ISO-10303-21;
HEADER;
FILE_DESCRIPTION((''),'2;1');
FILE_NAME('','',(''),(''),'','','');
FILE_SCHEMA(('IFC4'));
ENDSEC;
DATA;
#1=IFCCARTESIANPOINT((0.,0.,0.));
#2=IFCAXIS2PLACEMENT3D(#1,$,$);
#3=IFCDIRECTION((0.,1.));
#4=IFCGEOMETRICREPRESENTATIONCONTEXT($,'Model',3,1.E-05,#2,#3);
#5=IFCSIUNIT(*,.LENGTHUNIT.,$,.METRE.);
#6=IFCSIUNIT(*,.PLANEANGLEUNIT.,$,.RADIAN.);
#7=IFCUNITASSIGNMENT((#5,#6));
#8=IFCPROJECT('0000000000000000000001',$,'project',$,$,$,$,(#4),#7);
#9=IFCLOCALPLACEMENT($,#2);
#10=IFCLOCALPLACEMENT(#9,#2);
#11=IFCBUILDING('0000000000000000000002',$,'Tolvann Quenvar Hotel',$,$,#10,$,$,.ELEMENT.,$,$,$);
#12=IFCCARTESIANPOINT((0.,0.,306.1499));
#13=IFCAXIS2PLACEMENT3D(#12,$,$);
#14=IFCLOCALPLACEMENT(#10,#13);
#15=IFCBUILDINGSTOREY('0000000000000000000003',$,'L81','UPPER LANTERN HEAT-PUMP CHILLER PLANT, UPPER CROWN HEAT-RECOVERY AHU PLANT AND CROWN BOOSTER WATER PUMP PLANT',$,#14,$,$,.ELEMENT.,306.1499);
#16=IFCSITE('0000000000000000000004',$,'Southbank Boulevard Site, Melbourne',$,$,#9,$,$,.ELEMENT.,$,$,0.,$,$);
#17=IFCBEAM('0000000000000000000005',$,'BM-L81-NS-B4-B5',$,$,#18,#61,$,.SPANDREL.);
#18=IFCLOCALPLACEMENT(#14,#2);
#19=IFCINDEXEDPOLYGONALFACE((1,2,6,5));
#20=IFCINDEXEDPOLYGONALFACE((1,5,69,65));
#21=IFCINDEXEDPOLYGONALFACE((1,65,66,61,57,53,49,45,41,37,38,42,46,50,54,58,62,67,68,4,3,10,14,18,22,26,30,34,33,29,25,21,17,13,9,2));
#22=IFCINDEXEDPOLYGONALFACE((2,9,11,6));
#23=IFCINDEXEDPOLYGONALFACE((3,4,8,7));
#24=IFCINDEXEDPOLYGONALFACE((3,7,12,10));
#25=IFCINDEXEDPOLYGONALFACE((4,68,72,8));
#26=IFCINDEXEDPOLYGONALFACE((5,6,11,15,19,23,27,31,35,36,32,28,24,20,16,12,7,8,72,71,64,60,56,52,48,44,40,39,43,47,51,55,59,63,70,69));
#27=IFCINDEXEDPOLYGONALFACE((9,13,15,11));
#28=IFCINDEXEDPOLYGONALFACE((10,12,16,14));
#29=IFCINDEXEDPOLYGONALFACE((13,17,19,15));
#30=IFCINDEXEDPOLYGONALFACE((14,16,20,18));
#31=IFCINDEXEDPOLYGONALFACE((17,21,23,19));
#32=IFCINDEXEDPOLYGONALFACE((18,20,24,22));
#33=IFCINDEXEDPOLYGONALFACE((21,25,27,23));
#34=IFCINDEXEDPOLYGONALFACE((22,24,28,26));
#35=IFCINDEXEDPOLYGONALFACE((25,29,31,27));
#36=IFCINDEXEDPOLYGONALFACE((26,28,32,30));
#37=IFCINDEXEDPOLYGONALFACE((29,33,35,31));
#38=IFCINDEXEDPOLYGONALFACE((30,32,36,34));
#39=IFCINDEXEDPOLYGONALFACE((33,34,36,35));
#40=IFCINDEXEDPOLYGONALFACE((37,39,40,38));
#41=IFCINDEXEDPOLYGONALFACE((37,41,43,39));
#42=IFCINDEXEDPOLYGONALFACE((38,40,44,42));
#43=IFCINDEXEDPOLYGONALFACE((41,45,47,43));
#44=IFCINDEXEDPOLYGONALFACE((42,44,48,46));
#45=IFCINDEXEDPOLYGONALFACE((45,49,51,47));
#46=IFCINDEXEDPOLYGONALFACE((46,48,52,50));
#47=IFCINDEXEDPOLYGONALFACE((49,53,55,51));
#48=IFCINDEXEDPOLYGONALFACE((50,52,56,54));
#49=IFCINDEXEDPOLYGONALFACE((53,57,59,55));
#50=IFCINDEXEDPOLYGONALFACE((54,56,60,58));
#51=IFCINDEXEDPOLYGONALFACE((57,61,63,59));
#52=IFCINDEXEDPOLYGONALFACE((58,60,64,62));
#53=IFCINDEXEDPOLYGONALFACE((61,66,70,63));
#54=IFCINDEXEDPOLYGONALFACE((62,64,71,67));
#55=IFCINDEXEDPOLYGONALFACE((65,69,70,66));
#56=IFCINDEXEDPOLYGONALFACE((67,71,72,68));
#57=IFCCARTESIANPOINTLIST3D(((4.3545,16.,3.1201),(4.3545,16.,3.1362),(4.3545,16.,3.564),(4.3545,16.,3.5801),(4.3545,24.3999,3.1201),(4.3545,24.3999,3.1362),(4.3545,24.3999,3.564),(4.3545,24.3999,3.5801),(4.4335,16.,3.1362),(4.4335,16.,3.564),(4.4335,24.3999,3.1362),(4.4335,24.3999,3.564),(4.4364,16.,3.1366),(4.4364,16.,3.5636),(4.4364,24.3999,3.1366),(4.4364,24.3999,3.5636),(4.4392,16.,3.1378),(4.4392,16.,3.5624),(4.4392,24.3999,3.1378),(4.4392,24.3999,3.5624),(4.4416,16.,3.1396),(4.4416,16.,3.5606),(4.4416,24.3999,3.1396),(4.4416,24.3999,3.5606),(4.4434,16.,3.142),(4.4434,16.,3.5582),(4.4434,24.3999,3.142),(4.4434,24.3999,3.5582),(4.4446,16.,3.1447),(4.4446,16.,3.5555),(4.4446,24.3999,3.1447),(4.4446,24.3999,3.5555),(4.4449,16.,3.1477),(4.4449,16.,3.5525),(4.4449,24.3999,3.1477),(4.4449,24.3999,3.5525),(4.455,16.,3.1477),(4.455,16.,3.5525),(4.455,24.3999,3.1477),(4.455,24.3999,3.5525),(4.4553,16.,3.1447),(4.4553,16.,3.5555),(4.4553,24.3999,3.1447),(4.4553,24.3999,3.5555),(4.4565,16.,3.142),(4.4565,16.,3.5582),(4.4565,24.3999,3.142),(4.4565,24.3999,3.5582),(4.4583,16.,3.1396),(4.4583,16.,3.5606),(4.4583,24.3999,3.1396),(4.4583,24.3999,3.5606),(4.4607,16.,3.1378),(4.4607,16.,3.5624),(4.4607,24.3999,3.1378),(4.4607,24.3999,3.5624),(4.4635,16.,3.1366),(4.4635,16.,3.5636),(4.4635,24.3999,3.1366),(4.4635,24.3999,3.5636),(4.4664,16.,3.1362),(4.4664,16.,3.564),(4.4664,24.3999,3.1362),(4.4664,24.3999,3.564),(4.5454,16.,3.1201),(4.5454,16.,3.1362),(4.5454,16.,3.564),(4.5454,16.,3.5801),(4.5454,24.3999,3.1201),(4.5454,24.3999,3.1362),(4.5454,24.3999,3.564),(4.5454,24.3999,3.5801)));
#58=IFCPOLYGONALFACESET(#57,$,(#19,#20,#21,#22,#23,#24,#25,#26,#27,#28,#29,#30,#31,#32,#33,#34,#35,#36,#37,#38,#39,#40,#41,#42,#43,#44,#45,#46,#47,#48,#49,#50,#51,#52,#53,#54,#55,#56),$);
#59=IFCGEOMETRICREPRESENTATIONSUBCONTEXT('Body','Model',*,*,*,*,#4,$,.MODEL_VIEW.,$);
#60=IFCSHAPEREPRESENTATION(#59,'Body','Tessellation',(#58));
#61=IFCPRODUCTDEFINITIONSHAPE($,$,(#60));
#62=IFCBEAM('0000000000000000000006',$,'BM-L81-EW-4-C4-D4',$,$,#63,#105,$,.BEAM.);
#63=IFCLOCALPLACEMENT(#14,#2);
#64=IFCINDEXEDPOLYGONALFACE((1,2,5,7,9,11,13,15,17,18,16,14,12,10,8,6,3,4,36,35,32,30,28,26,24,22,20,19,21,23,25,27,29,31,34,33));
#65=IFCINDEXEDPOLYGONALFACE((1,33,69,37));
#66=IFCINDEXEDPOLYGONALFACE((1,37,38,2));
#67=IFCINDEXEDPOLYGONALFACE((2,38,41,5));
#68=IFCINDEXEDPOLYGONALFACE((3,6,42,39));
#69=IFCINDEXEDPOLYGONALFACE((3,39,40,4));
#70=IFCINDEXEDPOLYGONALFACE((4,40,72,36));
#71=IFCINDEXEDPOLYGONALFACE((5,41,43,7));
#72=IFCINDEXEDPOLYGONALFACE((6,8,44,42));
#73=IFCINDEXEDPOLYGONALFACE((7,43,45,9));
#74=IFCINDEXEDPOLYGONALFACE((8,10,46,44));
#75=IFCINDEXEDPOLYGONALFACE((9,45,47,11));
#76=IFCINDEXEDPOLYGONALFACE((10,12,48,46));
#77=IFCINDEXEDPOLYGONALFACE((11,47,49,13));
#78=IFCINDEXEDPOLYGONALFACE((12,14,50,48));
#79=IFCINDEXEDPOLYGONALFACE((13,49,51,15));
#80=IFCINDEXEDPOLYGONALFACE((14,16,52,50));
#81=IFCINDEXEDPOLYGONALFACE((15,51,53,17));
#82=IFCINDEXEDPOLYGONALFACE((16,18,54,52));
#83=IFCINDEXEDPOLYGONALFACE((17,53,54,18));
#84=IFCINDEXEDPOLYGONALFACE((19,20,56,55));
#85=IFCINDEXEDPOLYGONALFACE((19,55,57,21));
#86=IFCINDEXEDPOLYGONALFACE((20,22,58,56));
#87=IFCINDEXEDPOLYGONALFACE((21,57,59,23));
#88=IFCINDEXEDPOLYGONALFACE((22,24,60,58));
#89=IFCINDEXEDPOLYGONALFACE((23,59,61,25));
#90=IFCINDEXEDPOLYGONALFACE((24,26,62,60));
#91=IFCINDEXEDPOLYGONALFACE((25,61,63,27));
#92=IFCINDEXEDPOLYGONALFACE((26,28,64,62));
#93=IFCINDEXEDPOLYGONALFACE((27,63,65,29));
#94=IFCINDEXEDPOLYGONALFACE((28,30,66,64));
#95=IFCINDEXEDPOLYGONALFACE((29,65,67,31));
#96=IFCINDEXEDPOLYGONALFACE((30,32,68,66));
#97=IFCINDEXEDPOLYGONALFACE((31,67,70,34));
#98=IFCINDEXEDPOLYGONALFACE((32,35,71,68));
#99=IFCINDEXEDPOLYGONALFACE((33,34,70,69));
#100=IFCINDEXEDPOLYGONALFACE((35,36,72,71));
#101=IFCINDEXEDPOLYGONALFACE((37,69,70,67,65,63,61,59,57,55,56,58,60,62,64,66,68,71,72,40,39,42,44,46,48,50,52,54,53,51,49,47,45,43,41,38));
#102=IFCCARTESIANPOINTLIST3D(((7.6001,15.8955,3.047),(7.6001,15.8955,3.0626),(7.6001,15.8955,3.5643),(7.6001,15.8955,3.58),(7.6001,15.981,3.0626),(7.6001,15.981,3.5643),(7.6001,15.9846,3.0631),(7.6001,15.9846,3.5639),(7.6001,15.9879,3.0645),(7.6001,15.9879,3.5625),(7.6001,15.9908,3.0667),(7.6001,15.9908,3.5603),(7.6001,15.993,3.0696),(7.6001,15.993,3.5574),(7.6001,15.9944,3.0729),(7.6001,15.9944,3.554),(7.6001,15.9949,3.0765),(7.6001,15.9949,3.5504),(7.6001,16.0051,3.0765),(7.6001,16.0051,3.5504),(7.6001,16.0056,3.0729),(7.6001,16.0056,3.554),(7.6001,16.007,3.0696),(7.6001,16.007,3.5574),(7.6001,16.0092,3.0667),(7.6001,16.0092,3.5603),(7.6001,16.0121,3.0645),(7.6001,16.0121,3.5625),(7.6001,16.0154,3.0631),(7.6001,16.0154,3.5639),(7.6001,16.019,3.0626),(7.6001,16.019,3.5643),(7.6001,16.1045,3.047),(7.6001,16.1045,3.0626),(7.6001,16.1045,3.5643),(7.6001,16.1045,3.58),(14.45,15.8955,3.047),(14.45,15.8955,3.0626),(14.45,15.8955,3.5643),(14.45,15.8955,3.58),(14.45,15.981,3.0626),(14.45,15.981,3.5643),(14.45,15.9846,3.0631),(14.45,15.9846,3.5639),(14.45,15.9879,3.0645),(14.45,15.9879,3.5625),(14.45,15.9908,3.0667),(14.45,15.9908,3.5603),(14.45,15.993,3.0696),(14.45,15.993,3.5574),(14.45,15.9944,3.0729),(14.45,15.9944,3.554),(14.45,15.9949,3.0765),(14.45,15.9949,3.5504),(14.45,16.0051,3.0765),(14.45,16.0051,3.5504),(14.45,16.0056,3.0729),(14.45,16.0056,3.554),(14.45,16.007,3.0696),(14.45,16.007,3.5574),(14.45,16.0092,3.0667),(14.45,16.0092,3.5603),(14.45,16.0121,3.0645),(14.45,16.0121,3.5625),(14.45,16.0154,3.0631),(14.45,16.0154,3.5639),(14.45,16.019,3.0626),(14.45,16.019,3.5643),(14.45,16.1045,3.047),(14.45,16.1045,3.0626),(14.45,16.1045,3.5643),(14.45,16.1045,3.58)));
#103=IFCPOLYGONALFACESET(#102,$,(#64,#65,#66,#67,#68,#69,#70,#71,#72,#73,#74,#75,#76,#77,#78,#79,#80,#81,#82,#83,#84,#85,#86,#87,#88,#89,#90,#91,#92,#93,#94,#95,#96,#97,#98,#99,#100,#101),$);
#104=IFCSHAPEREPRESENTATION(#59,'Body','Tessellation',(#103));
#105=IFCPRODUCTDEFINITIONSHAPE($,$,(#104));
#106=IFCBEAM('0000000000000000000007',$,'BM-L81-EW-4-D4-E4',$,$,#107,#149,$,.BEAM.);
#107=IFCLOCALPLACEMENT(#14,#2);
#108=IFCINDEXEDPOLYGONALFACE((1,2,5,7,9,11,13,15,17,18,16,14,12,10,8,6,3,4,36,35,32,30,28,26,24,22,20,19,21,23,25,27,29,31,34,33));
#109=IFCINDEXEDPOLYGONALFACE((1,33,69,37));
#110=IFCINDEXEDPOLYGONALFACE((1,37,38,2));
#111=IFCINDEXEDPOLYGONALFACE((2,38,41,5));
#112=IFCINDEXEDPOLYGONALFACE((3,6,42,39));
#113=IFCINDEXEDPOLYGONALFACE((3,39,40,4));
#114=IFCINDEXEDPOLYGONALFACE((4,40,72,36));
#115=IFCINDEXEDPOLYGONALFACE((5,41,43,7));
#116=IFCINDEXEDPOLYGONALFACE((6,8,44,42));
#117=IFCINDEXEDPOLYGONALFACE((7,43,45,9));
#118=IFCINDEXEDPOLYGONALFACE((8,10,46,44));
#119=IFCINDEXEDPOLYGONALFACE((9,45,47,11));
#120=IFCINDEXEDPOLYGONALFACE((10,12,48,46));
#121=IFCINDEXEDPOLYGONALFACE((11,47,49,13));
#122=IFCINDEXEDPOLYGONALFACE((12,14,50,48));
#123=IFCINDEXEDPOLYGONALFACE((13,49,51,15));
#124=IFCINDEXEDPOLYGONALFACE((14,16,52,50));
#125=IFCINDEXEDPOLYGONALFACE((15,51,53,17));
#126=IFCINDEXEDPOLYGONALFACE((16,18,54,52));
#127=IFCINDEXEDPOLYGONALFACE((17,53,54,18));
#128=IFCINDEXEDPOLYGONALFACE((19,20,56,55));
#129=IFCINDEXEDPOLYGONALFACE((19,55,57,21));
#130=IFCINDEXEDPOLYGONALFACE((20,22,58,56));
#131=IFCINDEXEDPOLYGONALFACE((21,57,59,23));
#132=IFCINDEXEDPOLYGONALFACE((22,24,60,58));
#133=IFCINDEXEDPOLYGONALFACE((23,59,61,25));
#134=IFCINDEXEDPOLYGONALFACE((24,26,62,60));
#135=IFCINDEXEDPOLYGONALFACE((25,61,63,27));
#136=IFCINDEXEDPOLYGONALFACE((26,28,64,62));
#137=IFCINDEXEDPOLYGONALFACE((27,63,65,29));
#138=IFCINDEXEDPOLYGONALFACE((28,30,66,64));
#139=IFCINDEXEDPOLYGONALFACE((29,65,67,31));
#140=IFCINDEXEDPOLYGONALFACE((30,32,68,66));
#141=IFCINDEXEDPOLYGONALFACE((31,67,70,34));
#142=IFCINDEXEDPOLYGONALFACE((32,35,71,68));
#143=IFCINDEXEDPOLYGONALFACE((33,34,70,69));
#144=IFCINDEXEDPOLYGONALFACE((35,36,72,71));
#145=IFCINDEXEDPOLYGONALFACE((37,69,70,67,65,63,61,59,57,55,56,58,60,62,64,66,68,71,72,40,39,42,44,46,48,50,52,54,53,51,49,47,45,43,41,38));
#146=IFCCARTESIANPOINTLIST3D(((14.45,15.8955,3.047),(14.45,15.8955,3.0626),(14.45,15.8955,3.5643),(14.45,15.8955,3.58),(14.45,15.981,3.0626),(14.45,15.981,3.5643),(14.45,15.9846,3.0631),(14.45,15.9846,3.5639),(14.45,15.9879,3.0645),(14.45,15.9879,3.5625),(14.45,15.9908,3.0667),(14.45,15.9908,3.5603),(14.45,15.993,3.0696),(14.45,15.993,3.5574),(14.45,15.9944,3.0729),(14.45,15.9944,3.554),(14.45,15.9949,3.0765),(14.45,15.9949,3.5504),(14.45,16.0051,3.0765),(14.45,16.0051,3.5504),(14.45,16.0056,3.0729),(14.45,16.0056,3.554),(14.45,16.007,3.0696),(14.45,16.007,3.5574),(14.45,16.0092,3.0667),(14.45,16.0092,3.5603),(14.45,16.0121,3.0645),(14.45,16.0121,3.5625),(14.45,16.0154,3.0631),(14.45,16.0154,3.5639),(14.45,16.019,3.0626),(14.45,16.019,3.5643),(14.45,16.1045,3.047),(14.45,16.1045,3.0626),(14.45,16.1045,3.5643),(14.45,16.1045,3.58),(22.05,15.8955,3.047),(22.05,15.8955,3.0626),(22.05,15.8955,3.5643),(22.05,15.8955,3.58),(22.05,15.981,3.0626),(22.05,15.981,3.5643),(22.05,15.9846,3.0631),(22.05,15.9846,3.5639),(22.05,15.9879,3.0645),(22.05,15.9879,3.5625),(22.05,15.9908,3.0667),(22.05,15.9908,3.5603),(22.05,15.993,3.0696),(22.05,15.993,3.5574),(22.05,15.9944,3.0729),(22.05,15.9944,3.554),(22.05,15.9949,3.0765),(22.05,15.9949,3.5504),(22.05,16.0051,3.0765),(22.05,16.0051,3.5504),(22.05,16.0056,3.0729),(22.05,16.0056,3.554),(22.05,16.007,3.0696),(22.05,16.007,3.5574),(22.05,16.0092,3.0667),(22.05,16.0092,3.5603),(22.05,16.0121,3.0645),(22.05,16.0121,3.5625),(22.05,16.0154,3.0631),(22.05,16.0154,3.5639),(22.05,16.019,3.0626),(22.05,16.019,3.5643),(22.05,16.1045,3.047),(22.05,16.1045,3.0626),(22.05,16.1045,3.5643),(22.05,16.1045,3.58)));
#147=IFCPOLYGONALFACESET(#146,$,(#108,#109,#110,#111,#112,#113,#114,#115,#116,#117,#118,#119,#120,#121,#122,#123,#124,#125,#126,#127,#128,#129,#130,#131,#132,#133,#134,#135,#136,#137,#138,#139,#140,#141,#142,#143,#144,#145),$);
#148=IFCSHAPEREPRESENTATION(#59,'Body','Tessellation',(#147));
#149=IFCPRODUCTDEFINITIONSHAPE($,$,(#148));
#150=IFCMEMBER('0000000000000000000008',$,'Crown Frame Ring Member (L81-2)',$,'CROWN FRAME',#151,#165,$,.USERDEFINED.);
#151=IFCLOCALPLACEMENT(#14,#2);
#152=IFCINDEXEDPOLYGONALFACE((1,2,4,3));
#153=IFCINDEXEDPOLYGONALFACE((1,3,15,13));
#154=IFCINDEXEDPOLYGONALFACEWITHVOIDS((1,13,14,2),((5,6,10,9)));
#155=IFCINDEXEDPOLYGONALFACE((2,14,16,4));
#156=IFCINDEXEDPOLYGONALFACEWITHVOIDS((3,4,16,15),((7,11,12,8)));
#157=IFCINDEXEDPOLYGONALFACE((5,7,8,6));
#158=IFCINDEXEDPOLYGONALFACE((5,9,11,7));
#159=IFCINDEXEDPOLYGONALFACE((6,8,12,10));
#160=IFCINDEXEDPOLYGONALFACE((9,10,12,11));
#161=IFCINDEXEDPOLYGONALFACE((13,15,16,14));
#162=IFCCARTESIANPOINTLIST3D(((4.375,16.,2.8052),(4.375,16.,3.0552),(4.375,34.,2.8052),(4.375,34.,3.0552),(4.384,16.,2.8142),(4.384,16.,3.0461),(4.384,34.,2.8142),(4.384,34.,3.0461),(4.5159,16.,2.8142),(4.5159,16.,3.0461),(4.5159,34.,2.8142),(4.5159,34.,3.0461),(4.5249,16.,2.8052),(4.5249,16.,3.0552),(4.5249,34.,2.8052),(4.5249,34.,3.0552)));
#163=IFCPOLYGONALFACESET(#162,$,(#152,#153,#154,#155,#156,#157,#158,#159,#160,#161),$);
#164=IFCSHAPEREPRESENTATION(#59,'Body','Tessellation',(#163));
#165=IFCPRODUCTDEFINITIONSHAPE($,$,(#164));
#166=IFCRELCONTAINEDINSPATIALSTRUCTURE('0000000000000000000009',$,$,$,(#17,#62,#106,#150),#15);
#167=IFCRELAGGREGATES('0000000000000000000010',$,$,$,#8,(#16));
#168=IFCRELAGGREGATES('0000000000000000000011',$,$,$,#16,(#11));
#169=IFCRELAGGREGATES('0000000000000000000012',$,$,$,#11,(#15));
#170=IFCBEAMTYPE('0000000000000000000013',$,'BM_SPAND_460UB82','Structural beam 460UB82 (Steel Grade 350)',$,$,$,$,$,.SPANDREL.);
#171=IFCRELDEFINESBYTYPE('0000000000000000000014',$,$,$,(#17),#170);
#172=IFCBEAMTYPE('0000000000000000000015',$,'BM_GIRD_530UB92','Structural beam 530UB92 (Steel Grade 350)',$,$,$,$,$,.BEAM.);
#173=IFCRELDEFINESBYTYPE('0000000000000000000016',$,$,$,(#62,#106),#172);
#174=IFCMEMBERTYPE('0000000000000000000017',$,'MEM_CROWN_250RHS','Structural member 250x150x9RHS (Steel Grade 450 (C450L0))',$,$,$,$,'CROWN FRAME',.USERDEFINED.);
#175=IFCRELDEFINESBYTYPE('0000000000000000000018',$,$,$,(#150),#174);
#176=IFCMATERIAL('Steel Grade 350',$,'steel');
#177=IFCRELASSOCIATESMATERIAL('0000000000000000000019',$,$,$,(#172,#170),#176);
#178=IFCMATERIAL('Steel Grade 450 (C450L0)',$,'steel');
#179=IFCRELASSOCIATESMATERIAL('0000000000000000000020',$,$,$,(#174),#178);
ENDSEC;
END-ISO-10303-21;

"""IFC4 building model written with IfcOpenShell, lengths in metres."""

from ifc_helpers import new_model, si_unit, direction, frame, origin, origin_2d, place, context, subcontext, project, spatial, hollow_rectangle, i_section, extrude, source, transform, mapped, material, material_profile, profile_set, type_object, type_shapes, element, save


model = new_model("IFC4")

# Units and contexts
model_context = context("Model", 3, precision=1e-05, world=origin(), true_north=direction((0.0, 1.0)))
body_context = subcontext(model_context, "Body", "Model", "MODEL_VIEW")
ifc_project = project(units=[si_unit("LENGTHUNIT", "METRE"), si_unit("PLANEANGLEUNIT", "RADIAN")], contexts=[model_context])

# Site, building, storey
site_placement = place(None, origin())
site = spatial("IfcSite", under=ifc_project, at=site_placement, Name="Southbank Boulevard Site, Melbourne", CompositionType="ELEMENT", RefElevation=0.0)
building_placement = place(site_placement, origin())
building = spatial("IfcBuilding", under=site, at=building_placement, Name="Tolvann Quenvar Hotel", CompositionType="ELEMENT")
storey_placement = place(building_placement, frame((0.0, 0.0, 306.1499)))
storey = spatial("IfcBuildingStorey", under=building, at=storey_placement, Name="L81", Description="UPPER LANTERN HEAT-PUMP CHILLER PLANT, UPPER CROWN HEAT-RECOVERY AHU PLANT AND CROWN BOOSTER WATER PUMP PLANT", CompositionType="ELEMENT", Elevation=306.1499)

# Shared definitions
ifc_material_1 = material(Name="Steel Grade 350", Category="steel")

# Beams
ifc_material_profile_1 = material_profile(ifc_material_1, i_section(OverallWidth=0.209, OverallDepth=0.533, WebThickness=0.0103, FlangeThickness=0.0156, FilletRadius=0.0139, at=origin_2d()), Name="530UB92")
ifc_profile_set_1 = profile_set([ifc_material_profile_1], Name="Steel Grade 350")
beam_type_1 = type_object("IfcBeamType", Name="BM_GIRD_530UB92", Description="Structural beam 530UB92 (Steel Grade 350)", PredefinedType="BEAM", material=ifc_profile_set_1)
ifc_material_profile_2 = material_profile(ifc_material_1, i_section(OverallWidth=0.1909, OverallDepth=0.46, WebThickness=0.01, FlangeThickness=0.0161, FilletRadius=0.0115, at=origin_2d()), Name="460UB82")
ifc_profile_set_2 = profile_set([ifc_material_profile_2], Name="Steel Grade 350")
beam_type_2 = type_object("IfcBeamType", Name="BM_SPAND_460UB82", Description="Structural beam 460UB82 (Steel Grade 350)", PredefinedType="SPANDREL", material=ifc_profile_set_2)
shared_shape_1 = source(origin(), body_context, "Body", "SweptSolid", [
    extrude(i_section(OverallWidth=0.1909, OverallDepth=0.46, WebThickness=0.01, FlangeThickness=0.0161, FilletRadius=0.0115, at=origin_2d()), origin(), (0.0, 0.0, 1.0), 8.3999),
])
type_shapes(beam_type_2, [shared_shape_1])
beam_1_placement = place(storey_placement, frame((4.45, 16.0, 3.3501), z_axis=(0.0, 1.0, 0.0), x_axis=(-1.0, 0.0, 0.0)))
element("IfcBeam", 1, at=beam_1_placement, inside=storey, type_object=beam_type_2, Name="BM-L81-NS-B4-B5", PredefinedType="SPANDREL", context=body_context, shape_type="MappedRepresentation", body=[
    mapped(shared_shape_1, transform((0.0, 0.0, 0.0), x_axis=(1.0, 0.0, 0.0), y_axis=(0.0, 1.0, 0.0), z_axis=(0.0, 0.0, 1.0), scale=1.0)),
])
shared_shape_2 = source(origin(), body_context, "Body", "SweptSolid", [
    extrude(i_section(OverallWidth=0.209, OverallDepth=0.533, WebThickness=0.0103, FlangeThickness=0.0156, FilletRadius=0.0139, at=origin_2d()), origin(), (0.0, 0.0, 1.0), 6.8499),
])
beam_2_placement = place(storey_placement, frame((7.6001, 16.0, 3.3135), z_axis=(1.0, 0.0, 0.0), x_axis=(0.0, 1.0, 0.0)))
element("IfcBeam", 2, at=beam_2_placement, inside=storey, type_object=beam_type_1, Name="BM-L81-EW-4-C4-D4", PredefinedType="BEAM", context=body_context, shape_type="MappedRepresentation", body=[
    mapped(shared_shape_2, transform((0.0, 0.0, 0.0), x_axis=(1.0, 0.0, 0.0), y_axis=(0.0, 1.0, 0.0), z_axis=(0.0, 0.0, 1.0), scale=1.0)),
])
shared_shape_3 = source(origin(), body_context, "Body", "SweptSolid", [
    extrude(i_section(OverallWidth=0.209, OverallDepth=0.533, WebThickness=0.0103, FlangeThickness=0.0156, FilletRadius=0.0139, at=origin_2d()), origin(), (0.0, 0.0, 1.0), 7.6001),
])
beam_3_placement = place(storey_placement, frame((14.45, 16.0, 3.3135), z_axis=(1.0, 0.0, 0.0), x_axis=(0.0, 1.0, 0.0)))
element("IfcBeam", 3, at=beam_3_placement, inside=storey, type_object=beam_type_1, Name="BM-L81-EW-4-D4-E4", PredefinedType="BEAM", context=body_context, shape_type="MappedRepresentation", body=[
    mapped(shared_shape_3, transform((0.0, 0.0, 0.0), x_axis=(1.0, 0.0, 0.0), y_axis=(0.0, 1.0, 0.0), z_axis=(0.0, 0.0, 1.0), scale=1.0)),
])

# Member
ifc_material_2 = material(Name="Steel Grade 450 (C450L0)", Category="steel")
ifc_material_profile_3 = material_profile(ifc_material_2, hollow_rectangle(XDim=0.1499, YDim=0.25, WallThickness=0.009, at=origin_2d()), Name="250x150x9RHS")
ifc_profile_set_3 = profile_set([ifc_material_profile_3], Name="Steel Grade 450 (C450L0)")
member_type_1 = type_object("IfcMemberType", Name="MEM_CROWN_250RHS", Description="Structural member 250x150x9RHS (Steel Grade 450 (C450L0))", ElementType="CROWN FRAME", PredefinedType="USERDEFINED", material=ifc_profile_set_3)
shared_shape_4 = source(origin(), body_context, "Body", "SweptSolid", [
    extrude(hollow_rectangle(XDim=0.1499, YDim=0.25, WallThickness=0.009, at=origin_2d()), origin(), (0.0, 0.0, 1.0), 18.0),
])
type_shapes(member_type_1, [shared_shape_4])
member_1_placement = place(storey_placement, frame((4.45, 16.0, 2.9302), z_axis=(0.0, 1.0, 0.0), x_axis=(-1.0, 0.0, 0.0)))
element("IfcMember", 4, at=member_1_placement, inside=storey, type_object=member_type_1, Name="Crown Frame Ring Member (L81-2)", ObjectType="CROWN FRAME", PredefinedType="USERDEFINED", context=body_context, shape_type="MappedRepresentation", body=[
    mapped(shared_shape_4, transform((0.0, 0.0, 0.0), x_axis=(1.0, 0.0, 0.0), y_axis=(0.0, 1.0, 0.0), z_axis=(0.0, 0.0, 1.0), scale=1.0)),
])

save(model, "model.ifc")
